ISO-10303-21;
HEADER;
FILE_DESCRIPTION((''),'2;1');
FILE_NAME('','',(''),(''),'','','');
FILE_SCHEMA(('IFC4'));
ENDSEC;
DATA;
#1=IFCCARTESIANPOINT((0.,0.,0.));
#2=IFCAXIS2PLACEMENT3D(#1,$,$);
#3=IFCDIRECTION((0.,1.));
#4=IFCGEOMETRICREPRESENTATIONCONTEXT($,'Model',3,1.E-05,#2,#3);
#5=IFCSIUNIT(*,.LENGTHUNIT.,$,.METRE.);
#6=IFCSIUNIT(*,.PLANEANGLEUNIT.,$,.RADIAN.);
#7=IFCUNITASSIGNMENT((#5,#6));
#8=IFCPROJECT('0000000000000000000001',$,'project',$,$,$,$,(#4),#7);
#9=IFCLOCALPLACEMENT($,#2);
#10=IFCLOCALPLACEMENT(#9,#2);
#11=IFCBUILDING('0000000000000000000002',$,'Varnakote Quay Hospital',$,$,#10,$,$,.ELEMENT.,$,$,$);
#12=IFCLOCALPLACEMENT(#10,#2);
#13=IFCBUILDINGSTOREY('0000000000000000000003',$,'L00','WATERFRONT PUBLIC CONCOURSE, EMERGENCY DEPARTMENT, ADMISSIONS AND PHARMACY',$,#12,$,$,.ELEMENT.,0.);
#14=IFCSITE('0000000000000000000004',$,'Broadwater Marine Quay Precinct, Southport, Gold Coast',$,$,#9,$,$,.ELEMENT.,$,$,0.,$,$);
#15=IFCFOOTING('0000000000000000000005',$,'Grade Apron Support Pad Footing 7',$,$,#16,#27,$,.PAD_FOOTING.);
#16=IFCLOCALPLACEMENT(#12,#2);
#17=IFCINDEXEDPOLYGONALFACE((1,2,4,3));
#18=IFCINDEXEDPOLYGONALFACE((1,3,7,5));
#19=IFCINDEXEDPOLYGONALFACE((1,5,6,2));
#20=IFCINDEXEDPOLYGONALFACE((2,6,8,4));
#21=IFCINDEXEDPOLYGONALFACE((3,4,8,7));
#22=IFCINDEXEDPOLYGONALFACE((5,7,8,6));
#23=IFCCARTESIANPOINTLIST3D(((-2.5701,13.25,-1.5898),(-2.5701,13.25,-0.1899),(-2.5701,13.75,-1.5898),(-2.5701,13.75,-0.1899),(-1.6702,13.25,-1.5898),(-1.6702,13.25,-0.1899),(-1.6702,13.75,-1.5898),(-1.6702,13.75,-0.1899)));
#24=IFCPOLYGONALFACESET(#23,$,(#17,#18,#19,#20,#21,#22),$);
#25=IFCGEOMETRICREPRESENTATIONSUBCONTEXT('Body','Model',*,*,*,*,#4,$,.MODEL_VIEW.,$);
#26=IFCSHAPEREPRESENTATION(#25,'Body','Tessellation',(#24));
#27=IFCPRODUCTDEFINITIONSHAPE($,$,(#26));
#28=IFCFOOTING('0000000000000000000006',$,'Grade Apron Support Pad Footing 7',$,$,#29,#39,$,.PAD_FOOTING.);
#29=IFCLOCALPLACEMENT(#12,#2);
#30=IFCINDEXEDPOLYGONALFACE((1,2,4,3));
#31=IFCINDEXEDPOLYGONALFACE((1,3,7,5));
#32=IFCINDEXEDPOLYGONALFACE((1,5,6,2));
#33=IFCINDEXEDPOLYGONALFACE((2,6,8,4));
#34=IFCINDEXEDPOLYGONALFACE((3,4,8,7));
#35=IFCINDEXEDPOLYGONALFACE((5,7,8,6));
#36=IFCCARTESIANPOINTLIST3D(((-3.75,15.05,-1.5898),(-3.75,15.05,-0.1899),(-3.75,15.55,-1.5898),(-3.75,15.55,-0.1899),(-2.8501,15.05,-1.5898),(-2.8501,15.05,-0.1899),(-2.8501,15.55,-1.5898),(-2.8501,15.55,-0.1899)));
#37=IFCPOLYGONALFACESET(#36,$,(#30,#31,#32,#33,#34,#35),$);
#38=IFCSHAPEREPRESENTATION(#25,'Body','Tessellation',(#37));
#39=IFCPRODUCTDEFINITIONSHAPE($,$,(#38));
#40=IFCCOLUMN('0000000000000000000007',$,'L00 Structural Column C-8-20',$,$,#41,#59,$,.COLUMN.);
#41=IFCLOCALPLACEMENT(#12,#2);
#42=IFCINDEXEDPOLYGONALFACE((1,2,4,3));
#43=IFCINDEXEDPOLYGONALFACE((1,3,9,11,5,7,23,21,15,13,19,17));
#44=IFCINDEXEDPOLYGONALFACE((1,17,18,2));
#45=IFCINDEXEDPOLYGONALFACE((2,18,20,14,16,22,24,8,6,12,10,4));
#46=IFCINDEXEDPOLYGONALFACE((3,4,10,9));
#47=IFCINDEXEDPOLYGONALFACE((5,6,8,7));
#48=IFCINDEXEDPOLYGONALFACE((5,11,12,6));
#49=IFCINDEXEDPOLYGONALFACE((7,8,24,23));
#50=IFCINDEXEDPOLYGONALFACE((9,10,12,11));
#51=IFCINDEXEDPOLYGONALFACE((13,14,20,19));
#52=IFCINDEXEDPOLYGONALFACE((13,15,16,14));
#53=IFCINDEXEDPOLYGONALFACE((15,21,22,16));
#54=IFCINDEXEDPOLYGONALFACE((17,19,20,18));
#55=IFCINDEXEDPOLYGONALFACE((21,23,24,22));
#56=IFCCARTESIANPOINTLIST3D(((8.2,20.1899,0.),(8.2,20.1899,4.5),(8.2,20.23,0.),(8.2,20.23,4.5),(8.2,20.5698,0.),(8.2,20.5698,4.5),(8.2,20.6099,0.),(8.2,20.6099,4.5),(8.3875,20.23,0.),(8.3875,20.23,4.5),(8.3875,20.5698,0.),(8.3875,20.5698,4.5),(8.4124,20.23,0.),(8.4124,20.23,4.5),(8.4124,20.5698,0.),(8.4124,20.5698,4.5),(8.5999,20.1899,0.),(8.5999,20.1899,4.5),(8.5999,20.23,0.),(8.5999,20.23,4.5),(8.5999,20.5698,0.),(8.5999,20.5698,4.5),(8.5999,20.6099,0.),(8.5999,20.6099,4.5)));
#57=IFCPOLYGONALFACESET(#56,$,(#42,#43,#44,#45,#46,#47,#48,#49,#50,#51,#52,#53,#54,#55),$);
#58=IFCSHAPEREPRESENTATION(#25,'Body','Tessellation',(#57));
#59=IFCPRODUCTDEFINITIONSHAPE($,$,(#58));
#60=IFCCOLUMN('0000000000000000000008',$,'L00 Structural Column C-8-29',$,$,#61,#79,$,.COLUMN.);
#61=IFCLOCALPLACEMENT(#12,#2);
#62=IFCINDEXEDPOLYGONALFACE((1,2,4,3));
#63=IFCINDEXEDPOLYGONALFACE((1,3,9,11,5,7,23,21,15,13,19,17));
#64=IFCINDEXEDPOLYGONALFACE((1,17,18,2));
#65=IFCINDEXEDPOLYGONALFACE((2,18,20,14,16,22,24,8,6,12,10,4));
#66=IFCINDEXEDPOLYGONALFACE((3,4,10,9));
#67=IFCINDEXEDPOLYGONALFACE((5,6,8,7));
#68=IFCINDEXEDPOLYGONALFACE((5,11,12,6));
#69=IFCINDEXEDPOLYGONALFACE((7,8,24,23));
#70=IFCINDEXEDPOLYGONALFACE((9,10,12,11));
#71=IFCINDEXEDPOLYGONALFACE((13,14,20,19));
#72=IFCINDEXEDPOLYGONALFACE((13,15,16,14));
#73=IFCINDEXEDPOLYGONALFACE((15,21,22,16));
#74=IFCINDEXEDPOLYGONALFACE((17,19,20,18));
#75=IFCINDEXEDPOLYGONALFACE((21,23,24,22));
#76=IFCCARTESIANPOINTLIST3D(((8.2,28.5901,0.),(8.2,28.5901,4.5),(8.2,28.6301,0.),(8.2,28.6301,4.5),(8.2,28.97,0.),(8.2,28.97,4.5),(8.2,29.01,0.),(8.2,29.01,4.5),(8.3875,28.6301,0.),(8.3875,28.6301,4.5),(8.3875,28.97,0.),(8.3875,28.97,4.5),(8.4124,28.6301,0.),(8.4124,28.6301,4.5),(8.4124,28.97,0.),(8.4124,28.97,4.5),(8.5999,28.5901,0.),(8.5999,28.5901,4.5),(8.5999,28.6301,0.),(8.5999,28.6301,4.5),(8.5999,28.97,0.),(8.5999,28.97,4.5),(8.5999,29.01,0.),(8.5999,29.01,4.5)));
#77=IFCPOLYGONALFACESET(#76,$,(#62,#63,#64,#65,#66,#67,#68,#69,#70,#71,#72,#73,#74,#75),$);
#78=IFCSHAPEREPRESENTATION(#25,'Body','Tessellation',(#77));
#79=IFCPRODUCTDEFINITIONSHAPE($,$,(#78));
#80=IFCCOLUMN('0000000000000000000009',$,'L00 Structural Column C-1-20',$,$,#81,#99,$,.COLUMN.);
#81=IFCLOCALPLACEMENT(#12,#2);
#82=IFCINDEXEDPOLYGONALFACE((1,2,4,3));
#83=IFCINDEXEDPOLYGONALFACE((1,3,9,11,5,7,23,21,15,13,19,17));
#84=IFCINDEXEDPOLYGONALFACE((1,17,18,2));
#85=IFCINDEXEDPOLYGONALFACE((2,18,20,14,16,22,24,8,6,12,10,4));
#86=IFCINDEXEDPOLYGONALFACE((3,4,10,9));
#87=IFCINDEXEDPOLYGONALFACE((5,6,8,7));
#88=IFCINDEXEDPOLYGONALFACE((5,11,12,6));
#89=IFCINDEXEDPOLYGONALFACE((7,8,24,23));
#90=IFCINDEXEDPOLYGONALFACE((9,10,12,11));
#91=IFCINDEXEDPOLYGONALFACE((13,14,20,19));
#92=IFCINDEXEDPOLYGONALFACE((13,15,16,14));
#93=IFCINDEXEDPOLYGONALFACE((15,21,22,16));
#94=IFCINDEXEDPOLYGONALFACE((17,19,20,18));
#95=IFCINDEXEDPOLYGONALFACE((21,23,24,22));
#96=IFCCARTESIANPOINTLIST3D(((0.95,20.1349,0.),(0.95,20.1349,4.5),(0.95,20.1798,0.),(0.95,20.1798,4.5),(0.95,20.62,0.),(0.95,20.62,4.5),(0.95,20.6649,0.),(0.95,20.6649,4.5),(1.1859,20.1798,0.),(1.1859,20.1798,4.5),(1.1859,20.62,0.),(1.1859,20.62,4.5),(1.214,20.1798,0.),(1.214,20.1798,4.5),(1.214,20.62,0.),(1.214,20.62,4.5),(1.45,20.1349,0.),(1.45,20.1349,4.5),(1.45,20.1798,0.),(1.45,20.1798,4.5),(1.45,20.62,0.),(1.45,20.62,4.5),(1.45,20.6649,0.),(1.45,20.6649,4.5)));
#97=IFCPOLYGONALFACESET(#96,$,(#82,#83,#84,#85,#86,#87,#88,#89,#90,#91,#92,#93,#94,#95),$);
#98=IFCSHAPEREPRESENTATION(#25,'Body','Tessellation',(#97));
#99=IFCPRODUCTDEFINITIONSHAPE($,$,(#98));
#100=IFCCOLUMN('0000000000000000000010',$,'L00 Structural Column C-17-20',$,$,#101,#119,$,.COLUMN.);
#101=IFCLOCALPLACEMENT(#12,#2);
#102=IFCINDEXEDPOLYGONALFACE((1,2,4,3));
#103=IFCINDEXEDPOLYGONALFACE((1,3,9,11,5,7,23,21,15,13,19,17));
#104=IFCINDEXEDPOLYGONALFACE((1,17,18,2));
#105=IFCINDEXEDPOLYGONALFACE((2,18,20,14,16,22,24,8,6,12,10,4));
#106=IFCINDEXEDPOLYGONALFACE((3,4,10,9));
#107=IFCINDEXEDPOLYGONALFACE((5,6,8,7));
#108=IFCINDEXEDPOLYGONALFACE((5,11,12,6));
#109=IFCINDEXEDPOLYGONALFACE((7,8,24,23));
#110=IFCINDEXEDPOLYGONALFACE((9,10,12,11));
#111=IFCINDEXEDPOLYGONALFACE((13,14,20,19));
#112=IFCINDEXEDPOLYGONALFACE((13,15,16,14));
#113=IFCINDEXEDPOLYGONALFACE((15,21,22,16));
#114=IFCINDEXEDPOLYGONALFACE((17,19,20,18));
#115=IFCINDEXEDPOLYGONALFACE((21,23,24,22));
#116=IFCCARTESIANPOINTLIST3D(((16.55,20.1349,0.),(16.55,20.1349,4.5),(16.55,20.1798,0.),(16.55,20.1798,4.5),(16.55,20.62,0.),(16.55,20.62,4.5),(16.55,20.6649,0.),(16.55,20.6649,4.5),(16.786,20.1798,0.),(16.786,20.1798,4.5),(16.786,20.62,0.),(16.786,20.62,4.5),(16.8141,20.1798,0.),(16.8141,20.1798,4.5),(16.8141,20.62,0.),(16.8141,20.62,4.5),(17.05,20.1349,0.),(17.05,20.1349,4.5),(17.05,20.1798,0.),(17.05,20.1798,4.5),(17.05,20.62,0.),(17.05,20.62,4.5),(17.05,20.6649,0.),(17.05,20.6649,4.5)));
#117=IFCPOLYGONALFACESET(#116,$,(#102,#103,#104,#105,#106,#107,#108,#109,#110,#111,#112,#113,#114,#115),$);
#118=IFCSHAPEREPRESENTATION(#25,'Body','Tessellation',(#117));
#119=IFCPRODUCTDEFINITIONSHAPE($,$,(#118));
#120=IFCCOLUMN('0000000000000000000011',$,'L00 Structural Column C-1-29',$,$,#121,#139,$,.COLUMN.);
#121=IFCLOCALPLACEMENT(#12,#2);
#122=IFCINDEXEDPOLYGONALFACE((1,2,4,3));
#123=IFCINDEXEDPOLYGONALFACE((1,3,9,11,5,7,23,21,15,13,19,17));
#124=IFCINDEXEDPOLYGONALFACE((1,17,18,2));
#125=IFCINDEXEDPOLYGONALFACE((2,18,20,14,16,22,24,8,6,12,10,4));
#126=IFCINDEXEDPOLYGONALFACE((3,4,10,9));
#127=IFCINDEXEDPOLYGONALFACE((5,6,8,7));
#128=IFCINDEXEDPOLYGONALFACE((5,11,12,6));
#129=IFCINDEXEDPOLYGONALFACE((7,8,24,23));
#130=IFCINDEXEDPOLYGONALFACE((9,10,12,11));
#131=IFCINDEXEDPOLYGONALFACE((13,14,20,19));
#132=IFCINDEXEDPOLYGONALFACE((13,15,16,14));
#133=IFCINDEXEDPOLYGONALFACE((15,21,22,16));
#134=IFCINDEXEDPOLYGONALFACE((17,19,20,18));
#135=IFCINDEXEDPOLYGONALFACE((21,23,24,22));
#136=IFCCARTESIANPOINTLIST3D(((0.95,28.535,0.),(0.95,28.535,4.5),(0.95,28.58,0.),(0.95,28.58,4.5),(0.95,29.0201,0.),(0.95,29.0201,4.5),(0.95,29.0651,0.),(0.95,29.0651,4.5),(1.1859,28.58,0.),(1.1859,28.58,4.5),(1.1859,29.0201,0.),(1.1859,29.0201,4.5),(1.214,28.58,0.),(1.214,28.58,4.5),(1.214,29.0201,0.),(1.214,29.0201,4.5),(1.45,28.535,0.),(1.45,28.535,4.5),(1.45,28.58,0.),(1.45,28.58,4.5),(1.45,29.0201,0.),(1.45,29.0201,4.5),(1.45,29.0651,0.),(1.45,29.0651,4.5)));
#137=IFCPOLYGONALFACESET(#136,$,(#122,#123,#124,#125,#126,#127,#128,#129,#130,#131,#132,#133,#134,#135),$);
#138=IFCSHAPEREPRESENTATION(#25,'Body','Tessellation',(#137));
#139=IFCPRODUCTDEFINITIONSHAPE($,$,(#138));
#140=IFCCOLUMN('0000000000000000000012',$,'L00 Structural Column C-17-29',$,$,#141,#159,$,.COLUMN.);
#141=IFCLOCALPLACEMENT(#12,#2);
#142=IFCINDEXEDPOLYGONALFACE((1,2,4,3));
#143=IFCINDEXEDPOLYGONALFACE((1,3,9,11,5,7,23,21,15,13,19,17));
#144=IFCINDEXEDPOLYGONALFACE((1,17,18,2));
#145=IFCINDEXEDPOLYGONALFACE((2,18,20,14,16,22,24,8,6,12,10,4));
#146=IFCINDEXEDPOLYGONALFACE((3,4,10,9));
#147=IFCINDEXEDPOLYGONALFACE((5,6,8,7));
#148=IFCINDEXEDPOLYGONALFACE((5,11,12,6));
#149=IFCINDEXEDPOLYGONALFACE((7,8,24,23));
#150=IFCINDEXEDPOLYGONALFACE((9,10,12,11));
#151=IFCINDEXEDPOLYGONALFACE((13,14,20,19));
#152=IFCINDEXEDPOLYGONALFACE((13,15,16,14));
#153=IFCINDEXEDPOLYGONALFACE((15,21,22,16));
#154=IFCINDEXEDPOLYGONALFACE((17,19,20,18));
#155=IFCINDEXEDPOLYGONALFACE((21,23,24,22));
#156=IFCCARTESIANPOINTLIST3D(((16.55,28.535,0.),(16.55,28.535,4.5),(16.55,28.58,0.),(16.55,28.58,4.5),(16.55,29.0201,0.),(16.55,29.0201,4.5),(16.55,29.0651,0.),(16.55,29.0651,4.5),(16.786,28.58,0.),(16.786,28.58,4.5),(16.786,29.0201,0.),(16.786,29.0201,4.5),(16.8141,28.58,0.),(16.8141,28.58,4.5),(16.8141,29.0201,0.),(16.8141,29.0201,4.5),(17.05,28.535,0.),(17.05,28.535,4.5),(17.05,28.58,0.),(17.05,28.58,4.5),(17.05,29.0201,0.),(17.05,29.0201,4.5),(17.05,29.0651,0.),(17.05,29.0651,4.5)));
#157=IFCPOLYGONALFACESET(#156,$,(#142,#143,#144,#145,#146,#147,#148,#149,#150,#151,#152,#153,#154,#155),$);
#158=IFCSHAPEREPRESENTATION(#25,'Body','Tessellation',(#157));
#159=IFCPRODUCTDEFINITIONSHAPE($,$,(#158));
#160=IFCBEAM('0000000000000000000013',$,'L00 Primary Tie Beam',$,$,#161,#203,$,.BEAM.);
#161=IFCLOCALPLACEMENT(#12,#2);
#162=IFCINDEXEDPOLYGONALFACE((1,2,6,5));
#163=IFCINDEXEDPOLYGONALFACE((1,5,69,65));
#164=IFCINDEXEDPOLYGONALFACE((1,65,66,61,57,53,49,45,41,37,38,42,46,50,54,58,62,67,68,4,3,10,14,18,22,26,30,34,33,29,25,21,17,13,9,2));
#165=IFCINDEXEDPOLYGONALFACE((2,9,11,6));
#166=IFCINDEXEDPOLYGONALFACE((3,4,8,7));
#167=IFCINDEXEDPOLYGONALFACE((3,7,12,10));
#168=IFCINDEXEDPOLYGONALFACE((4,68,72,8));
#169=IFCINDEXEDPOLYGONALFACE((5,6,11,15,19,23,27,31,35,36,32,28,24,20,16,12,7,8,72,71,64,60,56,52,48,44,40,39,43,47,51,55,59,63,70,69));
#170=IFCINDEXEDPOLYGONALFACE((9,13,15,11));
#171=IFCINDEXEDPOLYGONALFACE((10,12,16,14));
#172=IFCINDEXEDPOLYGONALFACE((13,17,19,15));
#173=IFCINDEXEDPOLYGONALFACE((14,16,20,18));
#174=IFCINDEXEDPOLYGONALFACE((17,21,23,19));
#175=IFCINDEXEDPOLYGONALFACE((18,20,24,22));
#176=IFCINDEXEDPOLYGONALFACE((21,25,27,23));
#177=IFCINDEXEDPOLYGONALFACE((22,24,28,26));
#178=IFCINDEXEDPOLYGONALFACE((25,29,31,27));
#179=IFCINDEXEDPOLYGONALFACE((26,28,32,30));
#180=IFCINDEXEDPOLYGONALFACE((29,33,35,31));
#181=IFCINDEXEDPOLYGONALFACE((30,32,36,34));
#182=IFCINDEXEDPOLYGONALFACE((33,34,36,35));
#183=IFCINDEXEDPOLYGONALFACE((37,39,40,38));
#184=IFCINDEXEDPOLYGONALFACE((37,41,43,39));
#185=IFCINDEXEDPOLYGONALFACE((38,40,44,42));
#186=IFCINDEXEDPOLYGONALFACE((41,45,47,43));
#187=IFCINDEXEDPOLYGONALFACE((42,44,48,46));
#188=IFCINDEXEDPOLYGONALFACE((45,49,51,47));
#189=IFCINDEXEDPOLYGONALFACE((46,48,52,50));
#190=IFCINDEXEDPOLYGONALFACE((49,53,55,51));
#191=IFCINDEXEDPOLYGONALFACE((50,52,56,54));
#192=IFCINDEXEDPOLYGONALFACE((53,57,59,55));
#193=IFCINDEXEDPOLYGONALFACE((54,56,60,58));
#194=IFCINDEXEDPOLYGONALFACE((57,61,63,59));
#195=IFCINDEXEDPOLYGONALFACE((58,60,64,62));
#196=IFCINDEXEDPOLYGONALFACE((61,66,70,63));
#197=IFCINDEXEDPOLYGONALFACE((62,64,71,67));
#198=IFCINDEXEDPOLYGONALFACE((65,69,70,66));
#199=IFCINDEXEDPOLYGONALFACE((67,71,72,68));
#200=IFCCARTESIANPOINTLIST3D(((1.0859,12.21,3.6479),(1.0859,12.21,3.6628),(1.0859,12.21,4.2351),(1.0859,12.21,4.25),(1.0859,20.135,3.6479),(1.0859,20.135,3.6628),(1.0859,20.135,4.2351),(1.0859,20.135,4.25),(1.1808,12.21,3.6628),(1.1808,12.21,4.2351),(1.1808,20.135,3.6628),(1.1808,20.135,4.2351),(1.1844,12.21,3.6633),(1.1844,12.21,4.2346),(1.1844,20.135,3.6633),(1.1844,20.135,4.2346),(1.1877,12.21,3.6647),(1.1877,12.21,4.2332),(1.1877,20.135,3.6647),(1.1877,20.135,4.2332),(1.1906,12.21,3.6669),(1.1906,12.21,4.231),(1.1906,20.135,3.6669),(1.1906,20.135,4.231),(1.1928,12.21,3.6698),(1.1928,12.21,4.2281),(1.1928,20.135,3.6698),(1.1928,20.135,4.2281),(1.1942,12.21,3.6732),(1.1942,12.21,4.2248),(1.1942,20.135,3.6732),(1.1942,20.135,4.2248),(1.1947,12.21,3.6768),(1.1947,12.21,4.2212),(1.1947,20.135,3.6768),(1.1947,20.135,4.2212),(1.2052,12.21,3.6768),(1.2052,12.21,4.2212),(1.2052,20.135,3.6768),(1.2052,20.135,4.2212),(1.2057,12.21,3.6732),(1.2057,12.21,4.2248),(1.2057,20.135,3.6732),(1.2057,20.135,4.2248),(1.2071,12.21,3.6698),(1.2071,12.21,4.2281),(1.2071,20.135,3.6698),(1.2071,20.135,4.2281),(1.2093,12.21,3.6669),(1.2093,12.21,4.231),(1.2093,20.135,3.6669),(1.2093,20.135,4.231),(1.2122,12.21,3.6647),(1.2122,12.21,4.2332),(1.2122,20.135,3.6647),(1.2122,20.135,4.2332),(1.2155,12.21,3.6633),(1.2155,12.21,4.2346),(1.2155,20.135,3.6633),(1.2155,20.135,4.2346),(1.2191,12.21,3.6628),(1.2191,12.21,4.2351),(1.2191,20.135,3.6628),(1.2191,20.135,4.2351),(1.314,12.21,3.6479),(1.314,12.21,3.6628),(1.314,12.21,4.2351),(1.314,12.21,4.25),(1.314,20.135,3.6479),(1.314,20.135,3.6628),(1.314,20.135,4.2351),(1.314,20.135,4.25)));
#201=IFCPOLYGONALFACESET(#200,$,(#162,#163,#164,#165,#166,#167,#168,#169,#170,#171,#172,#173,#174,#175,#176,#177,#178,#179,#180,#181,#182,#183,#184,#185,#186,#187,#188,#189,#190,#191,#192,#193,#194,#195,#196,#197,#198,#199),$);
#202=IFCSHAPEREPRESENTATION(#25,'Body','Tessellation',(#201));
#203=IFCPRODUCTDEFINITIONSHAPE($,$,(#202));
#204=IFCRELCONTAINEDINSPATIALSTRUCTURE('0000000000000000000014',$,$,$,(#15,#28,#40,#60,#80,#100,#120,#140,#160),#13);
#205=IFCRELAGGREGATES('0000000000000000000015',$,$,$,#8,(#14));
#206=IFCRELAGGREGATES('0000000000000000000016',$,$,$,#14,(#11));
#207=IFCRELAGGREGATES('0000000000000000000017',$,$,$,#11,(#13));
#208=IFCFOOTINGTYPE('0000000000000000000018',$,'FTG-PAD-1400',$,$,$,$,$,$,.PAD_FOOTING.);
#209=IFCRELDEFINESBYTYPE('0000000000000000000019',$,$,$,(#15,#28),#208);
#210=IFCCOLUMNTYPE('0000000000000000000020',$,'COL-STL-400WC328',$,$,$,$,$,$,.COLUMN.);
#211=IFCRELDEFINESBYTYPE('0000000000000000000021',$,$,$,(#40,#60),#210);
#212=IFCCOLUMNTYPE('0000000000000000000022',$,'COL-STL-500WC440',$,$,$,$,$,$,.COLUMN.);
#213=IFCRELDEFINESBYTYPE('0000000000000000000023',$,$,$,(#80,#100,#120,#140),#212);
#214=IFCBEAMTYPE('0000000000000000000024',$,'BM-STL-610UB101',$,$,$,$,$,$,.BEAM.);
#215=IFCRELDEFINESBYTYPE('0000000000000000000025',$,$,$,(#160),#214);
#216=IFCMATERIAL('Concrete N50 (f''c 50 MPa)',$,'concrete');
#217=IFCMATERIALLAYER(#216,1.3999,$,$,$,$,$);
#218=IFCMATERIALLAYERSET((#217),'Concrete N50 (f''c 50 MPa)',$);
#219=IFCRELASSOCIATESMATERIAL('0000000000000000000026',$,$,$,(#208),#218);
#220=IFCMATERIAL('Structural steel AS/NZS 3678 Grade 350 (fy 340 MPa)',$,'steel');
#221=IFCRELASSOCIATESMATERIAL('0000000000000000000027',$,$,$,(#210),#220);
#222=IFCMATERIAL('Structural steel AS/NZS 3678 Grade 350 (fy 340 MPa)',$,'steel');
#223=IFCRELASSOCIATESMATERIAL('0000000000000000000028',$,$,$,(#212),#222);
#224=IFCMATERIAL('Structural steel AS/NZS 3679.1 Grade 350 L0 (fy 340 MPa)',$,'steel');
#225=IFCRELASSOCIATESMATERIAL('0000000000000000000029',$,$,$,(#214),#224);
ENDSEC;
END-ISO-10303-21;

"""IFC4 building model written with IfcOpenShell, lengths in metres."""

from ifc_helpers import new_model, si_unit, direction, frame, origin, origin_2d, place, context, subcontext, project, spatial, rectangle, i_section, extrude, material, layer, layer_set, material_profile, profile_set, type_object, element, save


model = new_model("IFC4")

# Units and contexts
model_context = context("Model", 3, precision=1e-05, world=origin(), true_north=direction((0.0, 1.0)))
body_context = subcontext(model_context, "Body", "Model", "MODEL_VIEW")
ifc_project = project(units=[si_unit("LENGTHUNIT", "METRE"), si_unit("PLANEANGLEUNIT", "RADIAN")], contexts=[model_context])

# Site, building, storey
site_placement = place(None, origin())
site = spatial("IfcSite", under=ifc_project, at=site_placement, Name="Broadwater Marine Quay Precinct, Southport, Gold Coast", CompositionType="ELEMENT", RefElevation=0.0)
building_placement = place(site_placement, origin())
building = spatial("IfcBuilding", under=site, at=building_placement, Name="Varnakote Quay Hospital", CompositionType="ELEMENT")
storey_placement = place(building_placement, origin())
storey = spatial("IfcBuildingStorey", under=building, at=storey_placement, Name="L00", Description="WATERFRONT PUBLIC CONCOURSE, EMERGENCY DEPARTMENT, ADMISSIONS AND PHARMACY", CompositionType="ELEMENT", Elevation=0.0)

# Footings
ifc_material_1 = material(Name="Concrete N50 (f'c 50 MPa)", Category="concrete")
ifc_layer_1 = layer(ifc_material_1, 1.3999)
ifc_layer_set_1 = layer_set([ifc_layer_1], Name="Concrete N50 (f'c 50 MPa)")
footing_type = type_object("IfcFootingType", Name="FTG-PAD-1400", PredefinedType="PAD_FOOTING", material=ifc_layer_set_1)
for number, where, z_axis, x_axis, name in (
    (1, (-2.1201, 13.5, -1.5898), (0.0, 0.0, 1.0), (1.0, 0.0, 0.0), "Grade Apron Support Pad Footing 7"),
    (2, (-3.3, 15.3, -1.5898), (0.0, 0.0, 1.0), (1.0, 0.0, 0.0), "Grade Apron Support Pad Footing 7"),
):
    element("IfcFooting", number, at=place(storey_placement, frame(where, z_axis=z_axis, x_axis=x_axis)), inside=storey, type_object=footing_type, Name=name, PredefinedType="PAD_FOOTING", context=body_context, shape_type="SweptSolid", body=[
        extrude(rectangle(XDim=0.8999, YDim=0.5, at=origin_2d()), origin(), (0.0, 0.0, 1.0), 1.3999),
    ])

# Columns
ifc_material_2 = material(Name="Structural steel AS/NZS 3678 Grade 350 (fy 340 MPa)", Category="steel")
ifc_material_profile_1 = material_profile(ifc_material_2, i_section(OverallWidth=0.3999, OverallDepth=0.4199, WebThickness=0.0249, FlangeThickness=0.04, at=origin_2d()), Name="400WC328")
ifc_profile_set_1 = profile_set([ifc_material_profile_1], Name="Structural steel AS/NZS 3678 Grade 350 (fy 340 MPa)")
column_type_1 = type_object("IfcColumnType", Name="COL-STL-400WC328", PredefinedType="COLUMN", material=ifc_profile_set_1)
for number, where, z_axis, x_axis, name in (
    (3, (8.3999, 20.3999, 0.0), (0.0, 0.0, 1.0), (1.0, 0.0, 0.0), "L00 Structural Column C-8-20"),
    (4, (8.3999, 28.8, 0.0), (0.0, 0.0, 1.0), (1.0, 0.0, 0.0), "L00 Structural Column C-8-29"),
):
    element("IfcColumn", number, at=place(storey_placement, frame(where, z_axis=z_axis, x_axis=x_axis)), inside=storey, type_object=column_type_1, Name=name, PredefinedType="COLUMN", context=body_context, shape_type="SweptSolid", body=[
        extrude(i_section(OverallWidth=0.3999, OverallDepth=0.4199, WebThickness=0.0249, FlangeThickness=0.04, at=origin_2d()), origin(), (0.0, 0.0, 1.0), 4.5),
    ])
ifc_material_3 = material(Name="Structural steel AS/NZS 3678 Grade 350 (fy 340 MPa)", Category="steel")
ifc_material_profile_2 = material_profile(ifc_material_3, i_section(OverallWidth=0.5, OverallDepth=0.53, WebThickness=0.0281, FlangeThickness=0.0449, at=origin_2d()), Name="500WC440")
ifc_profile_set_2 = profile_set([ifc_material_profile_2], Name="Structural steel AS/NZS 3678 Grade 350 (fy 340 MPa)")
column_type_2 = type_object("IfcColumnType", Name="COL-STL-500WC440", PredefinedType="COLUMN", material=ifc_profile_set_2)
for number, where, z_axis, x_axis, name in (
    (5, (1.2, 20.3999, 0.0), (0.0, 0.0, 1.0), (1.0, 0.0, 0.0), "L00 Structural Column C-1-20"),
    (6, (16.8, 20.3999, 0.0), (0.0, 0.0, 1.0), (1.0, 0.0, 0.0), "L00 Structural Column C-17-20"),
    (7, (1.2, 28.8, 0.0), (0.0, 0.0, 1.0), (1.0, 0.0, 0.0), "L00 Structural Column C-1-29"),
    (8, (16.8, 28.8, 0.0), (0.0, 0.0, 1.0), (1.0, 0.0, 0.0), "L00 Structural Column C-17-29"),
):
    element("IfcColumn", number, at=place(storey_placement, frame(where, z_axis=z_axis, x_axis=x_axis)), inside=storey, type_object=column_type_2, Name=name, PredefinedType="COLUMN", context=body_context, shape_type="SweptSolid", body=[
        extrude(i_section(OverallWidth=0.5, OverallDepth=0.53, WebThickness=0.0281, FlangeThickness=0.0449, at=origin_2d()), origin(), (0.0, 0.0, 1.0), 4.5),
    ])

# Beam
ifc_material_4 = material(Name="Structural steel AS/NZS 3679.1 Grade 350 L0 (fy 340 MPa)", Category="steel")
ifc_material_profile_3 = material_profile(ifc_material_4, i_section(OverallWidth=0.228, OverallDepth=0.6021, WebThickness=0.0105, FlangeThickness=0.0149, FilletRadius=0.0139, at=origin_2d()), Name="610UB101")
ifc_profile_set_3 = profile_set([ifc_material_profile_3], Name="Structural steel AS/NZS 3679.1 Grade 350 L0 (fy 340 MPa)")
beam_type_1 = type_object("IfcBeamType", Name="BM-STL-610UB101", PredefinedType="BEAM", material=ifc_profile_set_3)
beam_1_placement = place(storey_placement, frame((1.2, 12.21, 3.949), z_axis=(0.0, 1.0, 0.0), x_axis=(-1.0, 0.0, 0.0)))
element("IfcBeam", 9, at=beam_1_placement, inside=storey, type_object=beam_type_1, Name="L00 Primary Tie Beam", PredefinedType="BEAM", context=body_context, shape_type="SweptSolid", body=[
    extrude(i_section(OverallWidth=0.228, OverallDepth=0.6021, WebThickness=0.0105, FlangeThickness=0.0149, FilletRadius=0.0139, at=origin_2d()), origin(), (0.0, 0.0, 1.0), 7.925),
])

save(model, "model.ifc")
